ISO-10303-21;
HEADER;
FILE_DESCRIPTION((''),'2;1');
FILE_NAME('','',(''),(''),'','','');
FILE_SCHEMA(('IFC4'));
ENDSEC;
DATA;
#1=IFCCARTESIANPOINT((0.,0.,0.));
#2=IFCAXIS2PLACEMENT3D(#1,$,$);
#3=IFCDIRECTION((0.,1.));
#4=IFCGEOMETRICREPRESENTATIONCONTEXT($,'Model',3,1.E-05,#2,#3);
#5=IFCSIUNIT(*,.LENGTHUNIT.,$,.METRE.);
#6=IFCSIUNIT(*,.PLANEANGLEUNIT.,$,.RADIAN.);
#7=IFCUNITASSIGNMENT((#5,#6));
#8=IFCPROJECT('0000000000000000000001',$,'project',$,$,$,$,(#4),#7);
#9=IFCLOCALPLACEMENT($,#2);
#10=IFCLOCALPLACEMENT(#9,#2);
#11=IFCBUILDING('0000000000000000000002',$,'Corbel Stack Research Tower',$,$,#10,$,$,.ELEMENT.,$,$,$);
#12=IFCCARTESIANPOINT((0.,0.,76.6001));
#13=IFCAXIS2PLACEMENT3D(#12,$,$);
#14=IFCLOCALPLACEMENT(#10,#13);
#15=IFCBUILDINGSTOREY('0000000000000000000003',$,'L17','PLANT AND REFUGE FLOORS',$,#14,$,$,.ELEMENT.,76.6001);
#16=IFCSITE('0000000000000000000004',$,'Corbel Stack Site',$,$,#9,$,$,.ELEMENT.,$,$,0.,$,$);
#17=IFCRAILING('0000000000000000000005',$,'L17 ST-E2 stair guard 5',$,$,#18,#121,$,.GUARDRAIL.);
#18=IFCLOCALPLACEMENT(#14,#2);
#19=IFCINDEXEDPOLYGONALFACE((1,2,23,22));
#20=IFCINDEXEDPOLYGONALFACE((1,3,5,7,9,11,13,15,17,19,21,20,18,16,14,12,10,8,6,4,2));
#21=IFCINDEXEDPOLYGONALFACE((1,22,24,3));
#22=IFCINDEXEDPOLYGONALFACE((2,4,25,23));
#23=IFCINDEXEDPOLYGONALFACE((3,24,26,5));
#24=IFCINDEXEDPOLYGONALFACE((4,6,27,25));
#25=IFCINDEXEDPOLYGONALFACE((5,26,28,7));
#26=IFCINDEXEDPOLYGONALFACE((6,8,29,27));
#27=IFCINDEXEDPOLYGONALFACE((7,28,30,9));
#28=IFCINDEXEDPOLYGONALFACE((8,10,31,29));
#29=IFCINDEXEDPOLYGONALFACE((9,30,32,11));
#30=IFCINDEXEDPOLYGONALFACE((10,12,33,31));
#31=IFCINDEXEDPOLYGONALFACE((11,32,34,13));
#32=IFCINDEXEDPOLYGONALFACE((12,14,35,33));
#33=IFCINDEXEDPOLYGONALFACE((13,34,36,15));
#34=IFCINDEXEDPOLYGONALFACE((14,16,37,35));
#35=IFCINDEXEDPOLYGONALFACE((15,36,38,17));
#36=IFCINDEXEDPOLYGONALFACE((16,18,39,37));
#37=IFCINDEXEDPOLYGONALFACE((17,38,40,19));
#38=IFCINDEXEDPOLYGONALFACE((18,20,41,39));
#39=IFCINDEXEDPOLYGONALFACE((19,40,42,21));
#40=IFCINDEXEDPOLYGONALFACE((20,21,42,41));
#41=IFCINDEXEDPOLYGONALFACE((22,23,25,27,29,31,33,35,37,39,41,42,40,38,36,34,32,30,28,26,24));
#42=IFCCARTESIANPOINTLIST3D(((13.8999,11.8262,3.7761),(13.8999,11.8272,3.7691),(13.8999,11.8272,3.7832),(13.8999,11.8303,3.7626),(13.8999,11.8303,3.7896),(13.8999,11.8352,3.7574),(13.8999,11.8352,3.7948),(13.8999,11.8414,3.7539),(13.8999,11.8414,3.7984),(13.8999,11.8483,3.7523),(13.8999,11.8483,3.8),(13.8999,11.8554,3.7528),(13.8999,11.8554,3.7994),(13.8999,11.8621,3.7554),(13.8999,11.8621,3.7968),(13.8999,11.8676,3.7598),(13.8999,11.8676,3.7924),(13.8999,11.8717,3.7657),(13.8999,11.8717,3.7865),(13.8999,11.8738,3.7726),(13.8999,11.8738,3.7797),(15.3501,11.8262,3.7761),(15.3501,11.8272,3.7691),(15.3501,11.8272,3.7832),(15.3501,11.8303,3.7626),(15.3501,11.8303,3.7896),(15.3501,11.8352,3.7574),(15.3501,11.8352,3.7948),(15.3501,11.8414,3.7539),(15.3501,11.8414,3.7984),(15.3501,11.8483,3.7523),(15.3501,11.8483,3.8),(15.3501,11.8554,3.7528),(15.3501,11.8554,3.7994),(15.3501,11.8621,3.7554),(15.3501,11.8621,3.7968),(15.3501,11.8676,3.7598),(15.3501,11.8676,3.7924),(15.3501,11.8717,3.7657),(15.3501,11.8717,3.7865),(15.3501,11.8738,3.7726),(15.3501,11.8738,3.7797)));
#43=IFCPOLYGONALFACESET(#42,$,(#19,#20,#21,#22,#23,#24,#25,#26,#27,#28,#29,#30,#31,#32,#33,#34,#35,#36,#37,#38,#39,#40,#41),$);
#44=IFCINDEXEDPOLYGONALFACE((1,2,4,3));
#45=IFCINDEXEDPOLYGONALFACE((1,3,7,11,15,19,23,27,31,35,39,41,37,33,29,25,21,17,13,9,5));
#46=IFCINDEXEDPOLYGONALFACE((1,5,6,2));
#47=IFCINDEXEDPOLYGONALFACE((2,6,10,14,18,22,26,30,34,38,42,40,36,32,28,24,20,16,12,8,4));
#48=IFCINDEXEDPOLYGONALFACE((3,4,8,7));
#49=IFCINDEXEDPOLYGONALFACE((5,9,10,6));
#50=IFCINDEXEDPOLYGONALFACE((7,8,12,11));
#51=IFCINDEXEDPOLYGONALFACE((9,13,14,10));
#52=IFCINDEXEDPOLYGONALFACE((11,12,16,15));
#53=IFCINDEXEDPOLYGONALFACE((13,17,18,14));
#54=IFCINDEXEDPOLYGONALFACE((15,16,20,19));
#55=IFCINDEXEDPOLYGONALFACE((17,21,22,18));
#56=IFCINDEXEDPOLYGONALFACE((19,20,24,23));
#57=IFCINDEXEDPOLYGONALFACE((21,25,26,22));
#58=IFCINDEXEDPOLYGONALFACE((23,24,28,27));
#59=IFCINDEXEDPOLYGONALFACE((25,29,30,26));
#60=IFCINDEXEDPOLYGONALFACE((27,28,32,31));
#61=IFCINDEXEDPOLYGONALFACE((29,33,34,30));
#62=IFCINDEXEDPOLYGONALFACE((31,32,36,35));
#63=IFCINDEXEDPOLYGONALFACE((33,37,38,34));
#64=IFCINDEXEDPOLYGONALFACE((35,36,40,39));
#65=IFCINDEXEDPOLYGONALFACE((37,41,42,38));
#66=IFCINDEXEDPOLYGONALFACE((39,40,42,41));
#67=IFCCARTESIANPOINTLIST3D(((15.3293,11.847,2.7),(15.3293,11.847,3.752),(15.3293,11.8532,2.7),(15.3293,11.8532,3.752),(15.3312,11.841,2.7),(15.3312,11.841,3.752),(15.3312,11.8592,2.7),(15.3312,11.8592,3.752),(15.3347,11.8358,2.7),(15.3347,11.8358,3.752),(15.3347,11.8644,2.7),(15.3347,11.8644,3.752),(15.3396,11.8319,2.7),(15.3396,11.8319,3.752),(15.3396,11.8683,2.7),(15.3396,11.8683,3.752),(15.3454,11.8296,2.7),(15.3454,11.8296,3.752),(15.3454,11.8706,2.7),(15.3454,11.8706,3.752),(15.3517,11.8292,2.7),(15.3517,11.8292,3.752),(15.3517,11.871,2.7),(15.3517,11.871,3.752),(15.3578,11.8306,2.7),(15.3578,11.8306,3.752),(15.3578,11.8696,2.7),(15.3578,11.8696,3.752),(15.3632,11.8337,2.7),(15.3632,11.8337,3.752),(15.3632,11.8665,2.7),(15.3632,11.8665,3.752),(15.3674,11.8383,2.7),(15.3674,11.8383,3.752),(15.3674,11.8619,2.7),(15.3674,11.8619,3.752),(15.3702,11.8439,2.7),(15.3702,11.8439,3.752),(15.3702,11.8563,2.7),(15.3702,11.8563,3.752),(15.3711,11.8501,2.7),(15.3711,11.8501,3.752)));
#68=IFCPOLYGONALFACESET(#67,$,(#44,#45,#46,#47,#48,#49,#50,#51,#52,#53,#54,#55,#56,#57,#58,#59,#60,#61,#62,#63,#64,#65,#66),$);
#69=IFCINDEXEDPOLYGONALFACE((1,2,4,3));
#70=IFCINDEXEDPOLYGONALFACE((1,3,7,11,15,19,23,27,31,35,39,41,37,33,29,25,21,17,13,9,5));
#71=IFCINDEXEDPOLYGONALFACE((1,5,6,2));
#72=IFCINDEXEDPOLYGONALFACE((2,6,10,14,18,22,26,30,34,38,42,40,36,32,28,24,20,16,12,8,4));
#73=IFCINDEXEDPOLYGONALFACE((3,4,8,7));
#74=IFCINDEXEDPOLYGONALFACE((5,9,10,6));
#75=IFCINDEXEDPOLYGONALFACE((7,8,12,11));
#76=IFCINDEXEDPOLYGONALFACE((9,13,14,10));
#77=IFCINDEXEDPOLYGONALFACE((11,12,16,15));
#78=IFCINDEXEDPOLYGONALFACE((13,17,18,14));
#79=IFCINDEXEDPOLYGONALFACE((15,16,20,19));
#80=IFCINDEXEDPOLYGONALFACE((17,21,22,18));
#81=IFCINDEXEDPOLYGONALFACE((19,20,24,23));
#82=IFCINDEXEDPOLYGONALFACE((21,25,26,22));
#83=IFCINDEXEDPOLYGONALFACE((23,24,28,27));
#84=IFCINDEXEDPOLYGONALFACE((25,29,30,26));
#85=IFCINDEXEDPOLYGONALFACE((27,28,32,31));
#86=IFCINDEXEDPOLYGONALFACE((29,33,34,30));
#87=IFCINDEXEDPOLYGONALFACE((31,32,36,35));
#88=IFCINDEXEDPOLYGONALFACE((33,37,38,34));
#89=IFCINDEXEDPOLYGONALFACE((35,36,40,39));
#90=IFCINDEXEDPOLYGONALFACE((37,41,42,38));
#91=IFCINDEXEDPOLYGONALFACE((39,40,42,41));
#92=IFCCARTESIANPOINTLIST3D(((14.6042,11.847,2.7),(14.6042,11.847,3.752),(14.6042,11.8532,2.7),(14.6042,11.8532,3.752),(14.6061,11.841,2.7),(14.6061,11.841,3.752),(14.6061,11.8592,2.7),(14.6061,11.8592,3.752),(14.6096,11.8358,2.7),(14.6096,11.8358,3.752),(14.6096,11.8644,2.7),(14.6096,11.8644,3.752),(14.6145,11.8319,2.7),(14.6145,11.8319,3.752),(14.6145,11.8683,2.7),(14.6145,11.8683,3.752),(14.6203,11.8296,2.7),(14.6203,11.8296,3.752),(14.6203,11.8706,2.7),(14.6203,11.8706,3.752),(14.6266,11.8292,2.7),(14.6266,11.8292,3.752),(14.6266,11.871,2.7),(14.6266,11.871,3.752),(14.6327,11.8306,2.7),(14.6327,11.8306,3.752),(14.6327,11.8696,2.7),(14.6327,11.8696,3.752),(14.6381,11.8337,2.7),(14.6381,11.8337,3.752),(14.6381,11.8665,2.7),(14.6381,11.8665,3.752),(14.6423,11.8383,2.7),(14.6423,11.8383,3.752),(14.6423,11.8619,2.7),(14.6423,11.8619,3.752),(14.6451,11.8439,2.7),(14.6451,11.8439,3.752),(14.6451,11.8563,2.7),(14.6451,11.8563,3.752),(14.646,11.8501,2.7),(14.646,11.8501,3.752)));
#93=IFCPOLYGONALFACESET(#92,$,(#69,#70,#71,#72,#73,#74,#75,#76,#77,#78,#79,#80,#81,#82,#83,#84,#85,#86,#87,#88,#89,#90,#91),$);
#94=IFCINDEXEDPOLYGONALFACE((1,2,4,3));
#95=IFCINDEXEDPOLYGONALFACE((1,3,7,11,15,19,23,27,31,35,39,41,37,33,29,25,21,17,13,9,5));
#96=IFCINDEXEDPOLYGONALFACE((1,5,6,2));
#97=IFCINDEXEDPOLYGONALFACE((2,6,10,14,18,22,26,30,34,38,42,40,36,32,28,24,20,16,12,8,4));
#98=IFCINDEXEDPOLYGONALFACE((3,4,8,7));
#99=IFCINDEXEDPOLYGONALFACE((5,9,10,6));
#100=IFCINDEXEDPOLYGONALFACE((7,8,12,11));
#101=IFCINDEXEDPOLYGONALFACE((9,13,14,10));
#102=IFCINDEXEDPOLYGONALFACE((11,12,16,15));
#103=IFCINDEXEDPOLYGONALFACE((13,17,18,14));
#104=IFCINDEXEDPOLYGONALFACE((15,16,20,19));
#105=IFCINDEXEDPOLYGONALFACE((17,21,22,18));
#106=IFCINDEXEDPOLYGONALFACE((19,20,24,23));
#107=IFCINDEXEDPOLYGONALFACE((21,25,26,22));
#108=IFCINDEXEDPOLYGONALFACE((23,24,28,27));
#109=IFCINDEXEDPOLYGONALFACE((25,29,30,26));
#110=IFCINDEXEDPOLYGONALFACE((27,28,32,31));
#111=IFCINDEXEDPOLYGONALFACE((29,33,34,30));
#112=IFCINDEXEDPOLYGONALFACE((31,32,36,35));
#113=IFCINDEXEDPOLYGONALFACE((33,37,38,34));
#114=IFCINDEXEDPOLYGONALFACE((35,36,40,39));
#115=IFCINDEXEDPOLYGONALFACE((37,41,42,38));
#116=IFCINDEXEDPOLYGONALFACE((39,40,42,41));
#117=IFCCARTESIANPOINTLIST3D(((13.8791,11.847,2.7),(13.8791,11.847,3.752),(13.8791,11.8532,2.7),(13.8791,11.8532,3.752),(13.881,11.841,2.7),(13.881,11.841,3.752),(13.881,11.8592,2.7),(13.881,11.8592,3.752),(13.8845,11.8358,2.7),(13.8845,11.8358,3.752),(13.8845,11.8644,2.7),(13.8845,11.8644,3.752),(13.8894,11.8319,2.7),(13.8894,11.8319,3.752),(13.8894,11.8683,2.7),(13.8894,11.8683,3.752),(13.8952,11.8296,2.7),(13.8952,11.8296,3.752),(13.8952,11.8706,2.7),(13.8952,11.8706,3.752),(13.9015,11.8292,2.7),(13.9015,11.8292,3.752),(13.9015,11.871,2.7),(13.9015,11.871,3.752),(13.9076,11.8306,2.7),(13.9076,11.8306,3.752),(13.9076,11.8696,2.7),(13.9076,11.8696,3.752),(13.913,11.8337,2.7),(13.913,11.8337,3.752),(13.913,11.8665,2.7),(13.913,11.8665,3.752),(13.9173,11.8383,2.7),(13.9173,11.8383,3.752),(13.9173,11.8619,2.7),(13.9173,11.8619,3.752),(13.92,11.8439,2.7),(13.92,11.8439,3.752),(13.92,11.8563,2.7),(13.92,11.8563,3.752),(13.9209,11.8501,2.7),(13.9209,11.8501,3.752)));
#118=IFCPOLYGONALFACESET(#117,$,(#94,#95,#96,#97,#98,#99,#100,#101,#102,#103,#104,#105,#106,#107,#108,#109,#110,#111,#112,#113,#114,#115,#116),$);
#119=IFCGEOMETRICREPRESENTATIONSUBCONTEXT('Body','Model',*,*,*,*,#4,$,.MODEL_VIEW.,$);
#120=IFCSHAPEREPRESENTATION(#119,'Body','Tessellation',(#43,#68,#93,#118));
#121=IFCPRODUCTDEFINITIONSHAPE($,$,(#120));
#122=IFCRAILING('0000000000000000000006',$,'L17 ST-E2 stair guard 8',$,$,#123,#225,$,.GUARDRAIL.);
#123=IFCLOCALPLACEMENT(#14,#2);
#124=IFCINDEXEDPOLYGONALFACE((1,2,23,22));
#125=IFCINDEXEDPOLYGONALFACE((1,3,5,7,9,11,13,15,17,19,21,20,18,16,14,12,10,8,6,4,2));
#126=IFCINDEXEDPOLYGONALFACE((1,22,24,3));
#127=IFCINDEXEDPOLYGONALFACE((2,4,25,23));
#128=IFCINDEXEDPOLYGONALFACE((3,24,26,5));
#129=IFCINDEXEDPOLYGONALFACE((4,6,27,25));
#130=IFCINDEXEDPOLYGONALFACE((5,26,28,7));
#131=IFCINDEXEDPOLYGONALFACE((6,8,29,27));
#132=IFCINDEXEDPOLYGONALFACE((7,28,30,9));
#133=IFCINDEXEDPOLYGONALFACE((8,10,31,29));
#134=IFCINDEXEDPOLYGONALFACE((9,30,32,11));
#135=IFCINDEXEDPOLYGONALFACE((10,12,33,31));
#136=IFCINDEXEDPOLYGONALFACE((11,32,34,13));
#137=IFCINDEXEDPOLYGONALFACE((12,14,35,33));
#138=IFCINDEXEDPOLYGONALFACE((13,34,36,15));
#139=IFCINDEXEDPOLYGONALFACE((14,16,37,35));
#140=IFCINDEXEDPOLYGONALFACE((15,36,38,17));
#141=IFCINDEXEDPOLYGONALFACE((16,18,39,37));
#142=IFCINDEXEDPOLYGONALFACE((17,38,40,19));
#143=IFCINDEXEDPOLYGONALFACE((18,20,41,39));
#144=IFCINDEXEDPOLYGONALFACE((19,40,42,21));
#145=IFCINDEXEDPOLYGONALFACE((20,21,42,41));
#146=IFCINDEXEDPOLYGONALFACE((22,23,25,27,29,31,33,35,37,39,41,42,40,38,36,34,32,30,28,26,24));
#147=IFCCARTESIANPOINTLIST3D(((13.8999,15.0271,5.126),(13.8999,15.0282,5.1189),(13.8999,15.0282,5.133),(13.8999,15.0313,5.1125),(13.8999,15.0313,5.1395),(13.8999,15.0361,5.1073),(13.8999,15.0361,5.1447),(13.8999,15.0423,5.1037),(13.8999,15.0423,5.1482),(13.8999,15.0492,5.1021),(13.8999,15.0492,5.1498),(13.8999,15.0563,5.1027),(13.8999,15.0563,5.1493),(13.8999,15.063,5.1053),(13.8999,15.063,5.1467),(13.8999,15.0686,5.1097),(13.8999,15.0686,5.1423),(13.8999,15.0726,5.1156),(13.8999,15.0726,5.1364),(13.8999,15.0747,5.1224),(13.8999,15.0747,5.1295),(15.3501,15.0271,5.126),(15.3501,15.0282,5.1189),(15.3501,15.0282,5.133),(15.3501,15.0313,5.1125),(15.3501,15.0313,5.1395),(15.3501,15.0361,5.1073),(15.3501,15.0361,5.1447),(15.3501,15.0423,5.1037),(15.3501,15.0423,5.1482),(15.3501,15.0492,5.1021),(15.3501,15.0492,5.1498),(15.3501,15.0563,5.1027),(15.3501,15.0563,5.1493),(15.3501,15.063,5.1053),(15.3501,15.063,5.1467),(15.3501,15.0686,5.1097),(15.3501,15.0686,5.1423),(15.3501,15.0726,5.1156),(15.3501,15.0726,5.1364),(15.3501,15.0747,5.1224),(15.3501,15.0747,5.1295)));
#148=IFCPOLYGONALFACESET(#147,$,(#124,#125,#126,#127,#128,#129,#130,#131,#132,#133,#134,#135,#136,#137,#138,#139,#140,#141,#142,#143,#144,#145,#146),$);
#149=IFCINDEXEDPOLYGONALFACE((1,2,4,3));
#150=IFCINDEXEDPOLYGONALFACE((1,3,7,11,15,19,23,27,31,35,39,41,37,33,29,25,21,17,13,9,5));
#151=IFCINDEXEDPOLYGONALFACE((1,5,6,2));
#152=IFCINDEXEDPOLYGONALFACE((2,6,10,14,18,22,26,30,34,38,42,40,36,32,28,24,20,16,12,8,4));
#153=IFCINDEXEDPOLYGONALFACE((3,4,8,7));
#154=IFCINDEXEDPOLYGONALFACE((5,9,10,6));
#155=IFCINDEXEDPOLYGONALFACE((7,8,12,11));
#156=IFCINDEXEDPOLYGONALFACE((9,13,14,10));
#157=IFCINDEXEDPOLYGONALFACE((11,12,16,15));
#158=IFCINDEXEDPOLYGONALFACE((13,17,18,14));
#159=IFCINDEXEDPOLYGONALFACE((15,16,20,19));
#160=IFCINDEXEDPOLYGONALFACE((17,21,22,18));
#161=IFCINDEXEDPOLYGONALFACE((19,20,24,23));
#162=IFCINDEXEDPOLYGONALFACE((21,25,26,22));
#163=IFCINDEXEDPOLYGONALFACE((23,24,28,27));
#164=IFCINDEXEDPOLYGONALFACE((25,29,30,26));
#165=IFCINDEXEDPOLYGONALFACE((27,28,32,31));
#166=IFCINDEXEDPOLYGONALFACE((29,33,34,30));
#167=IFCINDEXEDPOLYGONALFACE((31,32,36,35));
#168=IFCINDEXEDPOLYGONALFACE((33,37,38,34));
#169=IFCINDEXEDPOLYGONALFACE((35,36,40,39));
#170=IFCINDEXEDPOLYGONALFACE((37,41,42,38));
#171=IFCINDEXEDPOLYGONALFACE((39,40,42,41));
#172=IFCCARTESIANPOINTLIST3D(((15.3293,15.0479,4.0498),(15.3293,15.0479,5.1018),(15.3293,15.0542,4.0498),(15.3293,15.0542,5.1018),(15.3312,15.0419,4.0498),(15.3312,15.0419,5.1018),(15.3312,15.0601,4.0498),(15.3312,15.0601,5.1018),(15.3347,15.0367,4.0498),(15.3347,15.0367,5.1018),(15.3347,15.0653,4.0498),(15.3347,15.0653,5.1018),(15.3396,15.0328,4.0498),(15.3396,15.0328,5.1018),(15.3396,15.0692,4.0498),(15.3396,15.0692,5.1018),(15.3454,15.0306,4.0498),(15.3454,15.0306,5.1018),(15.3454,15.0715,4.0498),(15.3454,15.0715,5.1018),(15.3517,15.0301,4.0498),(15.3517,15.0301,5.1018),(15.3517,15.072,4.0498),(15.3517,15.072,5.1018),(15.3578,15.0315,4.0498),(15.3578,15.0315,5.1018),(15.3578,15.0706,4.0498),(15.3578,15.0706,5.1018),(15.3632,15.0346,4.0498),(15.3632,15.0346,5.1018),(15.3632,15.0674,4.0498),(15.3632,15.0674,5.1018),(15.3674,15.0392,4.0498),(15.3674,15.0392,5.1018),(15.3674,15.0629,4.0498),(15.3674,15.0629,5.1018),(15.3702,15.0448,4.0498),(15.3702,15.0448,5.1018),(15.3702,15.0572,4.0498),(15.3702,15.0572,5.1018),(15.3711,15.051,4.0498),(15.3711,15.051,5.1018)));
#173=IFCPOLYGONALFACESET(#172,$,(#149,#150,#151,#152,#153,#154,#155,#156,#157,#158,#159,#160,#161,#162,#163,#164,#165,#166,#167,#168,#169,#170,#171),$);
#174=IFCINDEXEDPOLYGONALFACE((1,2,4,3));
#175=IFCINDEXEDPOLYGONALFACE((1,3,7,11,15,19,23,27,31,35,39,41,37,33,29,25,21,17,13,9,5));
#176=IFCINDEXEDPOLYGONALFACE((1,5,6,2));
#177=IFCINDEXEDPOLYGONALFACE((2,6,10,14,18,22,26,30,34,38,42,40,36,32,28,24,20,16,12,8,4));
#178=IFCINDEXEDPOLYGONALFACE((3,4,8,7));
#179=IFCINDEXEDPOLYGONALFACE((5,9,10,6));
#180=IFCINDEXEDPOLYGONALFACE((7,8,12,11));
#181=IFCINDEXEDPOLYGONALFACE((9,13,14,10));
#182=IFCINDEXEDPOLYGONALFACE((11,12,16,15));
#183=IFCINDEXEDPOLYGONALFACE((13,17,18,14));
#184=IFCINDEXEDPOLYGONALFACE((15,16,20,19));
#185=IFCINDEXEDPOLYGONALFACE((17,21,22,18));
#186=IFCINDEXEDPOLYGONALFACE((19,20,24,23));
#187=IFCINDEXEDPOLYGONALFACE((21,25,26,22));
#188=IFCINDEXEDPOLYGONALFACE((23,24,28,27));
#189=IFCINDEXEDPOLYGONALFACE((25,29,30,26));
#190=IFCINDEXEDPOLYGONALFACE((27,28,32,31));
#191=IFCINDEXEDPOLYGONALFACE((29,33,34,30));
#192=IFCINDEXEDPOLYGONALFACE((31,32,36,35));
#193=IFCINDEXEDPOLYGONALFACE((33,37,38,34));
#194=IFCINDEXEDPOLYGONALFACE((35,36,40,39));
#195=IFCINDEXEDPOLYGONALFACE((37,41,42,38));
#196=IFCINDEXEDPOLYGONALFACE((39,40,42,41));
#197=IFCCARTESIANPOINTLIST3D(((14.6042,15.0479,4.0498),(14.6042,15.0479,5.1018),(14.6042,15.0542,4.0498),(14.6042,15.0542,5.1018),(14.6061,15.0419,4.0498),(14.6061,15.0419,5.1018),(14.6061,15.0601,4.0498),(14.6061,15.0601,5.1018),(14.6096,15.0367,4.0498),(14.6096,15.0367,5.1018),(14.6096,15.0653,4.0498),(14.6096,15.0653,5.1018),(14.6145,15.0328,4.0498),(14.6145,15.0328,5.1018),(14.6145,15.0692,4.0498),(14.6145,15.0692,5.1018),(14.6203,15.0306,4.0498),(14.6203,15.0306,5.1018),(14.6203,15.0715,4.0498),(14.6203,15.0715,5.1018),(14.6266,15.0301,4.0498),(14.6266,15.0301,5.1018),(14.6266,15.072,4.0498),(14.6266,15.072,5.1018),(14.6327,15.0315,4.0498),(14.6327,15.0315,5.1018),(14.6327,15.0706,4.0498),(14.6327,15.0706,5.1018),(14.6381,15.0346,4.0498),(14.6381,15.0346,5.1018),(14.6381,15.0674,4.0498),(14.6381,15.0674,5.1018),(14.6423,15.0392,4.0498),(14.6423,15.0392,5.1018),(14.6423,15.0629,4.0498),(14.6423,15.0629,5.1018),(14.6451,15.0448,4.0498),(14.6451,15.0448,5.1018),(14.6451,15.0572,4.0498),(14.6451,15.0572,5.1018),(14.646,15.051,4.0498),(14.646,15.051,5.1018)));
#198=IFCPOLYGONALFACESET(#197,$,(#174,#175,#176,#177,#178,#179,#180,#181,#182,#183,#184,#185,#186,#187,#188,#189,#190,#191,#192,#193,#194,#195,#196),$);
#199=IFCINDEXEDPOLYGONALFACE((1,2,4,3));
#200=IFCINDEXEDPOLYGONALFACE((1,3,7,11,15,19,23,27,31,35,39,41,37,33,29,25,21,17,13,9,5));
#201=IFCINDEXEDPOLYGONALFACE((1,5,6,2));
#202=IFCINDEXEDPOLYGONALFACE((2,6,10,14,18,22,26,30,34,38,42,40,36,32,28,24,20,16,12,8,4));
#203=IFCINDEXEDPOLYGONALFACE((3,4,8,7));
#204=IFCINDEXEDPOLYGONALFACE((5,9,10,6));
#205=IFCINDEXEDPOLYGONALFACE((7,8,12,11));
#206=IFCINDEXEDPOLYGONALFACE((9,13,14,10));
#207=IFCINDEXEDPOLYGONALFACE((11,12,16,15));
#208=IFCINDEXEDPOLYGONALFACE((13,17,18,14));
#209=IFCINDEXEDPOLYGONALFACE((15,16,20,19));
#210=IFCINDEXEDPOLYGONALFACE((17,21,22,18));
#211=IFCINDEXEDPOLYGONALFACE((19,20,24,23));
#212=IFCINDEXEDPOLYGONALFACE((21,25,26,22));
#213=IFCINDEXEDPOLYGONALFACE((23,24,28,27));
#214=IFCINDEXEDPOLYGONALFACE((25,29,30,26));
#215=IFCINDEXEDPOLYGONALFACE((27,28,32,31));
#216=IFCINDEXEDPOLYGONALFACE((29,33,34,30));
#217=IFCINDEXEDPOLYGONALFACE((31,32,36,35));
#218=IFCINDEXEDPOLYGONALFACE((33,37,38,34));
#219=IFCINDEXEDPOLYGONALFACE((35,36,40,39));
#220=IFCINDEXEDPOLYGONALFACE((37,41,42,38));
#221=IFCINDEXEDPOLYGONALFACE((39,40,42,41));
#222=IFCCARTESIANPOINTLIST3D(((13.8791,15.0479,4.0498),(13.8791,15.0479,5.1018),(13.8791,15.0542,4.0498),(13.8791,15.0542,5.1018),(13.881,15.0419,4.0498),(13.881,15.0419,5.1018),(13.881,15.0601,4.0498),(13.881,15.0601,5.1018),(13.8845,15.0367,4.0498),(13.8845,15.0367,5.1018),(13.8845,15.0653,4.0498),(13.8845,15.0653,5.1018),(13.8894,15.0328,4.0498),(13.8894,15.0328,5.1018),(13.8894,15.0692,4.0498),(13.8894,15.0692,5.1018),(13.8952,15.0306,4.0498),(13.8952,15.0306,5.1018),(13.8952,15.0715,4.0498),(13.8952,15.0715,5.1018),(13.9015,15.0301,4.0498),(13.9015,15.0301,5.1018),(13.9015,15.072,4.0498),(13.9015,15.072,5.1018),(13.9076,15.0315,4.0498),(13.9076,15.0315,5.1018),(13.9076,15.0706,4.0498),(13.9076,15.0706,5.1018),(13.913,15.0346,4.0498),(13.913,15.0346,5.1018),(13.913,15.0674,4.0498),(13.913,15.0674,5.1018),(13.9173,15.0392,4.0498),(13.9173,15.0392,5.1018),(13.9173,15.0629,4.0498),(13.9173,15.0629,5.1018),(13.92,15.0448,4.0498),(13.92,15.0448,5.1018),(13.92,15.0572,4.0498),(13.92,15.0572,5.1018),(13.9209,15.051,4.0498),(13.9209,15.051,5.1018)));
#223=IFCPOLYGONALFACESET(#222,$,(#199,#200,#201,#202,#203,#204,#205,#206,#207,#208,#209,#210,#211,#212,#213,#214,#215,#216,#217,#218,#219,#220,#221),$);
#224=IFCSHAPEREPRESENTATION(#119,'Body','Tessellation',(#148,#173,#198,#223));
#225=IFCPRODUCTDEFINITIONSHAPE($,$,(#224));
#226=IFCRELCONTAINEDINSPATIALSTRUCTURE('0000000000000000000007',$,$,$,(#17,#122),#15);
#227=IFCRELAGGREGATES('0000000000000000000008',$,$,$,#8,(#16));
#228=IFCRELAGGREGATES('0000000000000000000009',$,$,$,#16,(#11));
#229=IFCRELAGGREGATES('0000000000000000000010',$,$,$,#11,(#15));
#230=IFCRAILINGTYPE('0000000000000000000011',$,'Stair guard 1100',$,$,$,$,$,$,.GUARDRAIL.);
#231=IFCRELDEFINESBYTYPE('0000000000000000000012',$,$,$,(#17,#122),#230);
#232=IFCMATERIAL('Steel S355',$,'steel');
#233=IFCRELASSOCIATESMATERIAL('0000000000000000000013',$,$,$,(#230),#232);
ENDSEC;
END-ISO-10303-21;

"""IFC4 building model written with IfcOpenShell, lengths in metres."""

from ifc_helpers import new_model, si_unit, direction, frame, origin, origin_2d, place, context, subcontext, project, spatial, circle, extrude, material, type_object, element, save


model = new_model("IFC4")

# Units and contexts
model_context = context("Model", 3, precision=1e-05, world=origin(), true_north=direction((0.0, 1.0)))
body_context = subcontext(model_context, "Body", "Model", "MODEL_VIEW")
ifc_project = project(units=[si_unit("LENGTHUNIT", "METRE"), si_unit("PLANEANGLEUNIT", "RADIAN")], contexts=[model_context])

# Site, building, storey
site_placement = place(None, origin())
site = spatial("IfcSite", under=ifc_project, at=site_placement, Name="Corbel Stack Site", CompositionType="ELEMENT", RefElevation=0.0)
building_placement = place(site_placement, origin())
building = spatial("IfcBuilding", under=site, at=building_placement, Name="Corbel Stack Research Tower", CompositionType="ELEMENT")
storey_placement = place(building_placement, frame((0.0, 0.0, 76.6001)))
storey = spatial("IfcBuildingStorey", under=building, at=storey_placement, Name="L17", Description="PLANT AND REFUGE FLOORS", CompositionType="ELEMENT", Elevation=76.6001)

# Railings
ifc_material_1 = material(Name="Steel S355", Category="steel")
railing_type_1 = type_object("IfcRailingType", Name="Stair guard 1100", PredefinedType="GUARDRAIL", material=ifc_material_1)
for number, where, name in (
    (1, (15.3501, 11.8501, 2.7), "L17 ST-E2 stair guard 5"),
    (2, (15.3501, 15.051, 4.0498), "L17 ST-E2 stair guard 8"),
):
    element("IfcRailing", number, at=place(storey_placement, frame(where)), inside=storey, type_object=railing_type_1, Name=name, PredefinedType="GUARDRAIL", context=body_context, shape_type="SweptSolid", body=[
        extrude(circle(Radius=0.0239, at=origin_2d()), frame((0.0, 0.0, 1.0762), z_axis=(-1.0, 0.0, 0.0), x_axis=(0.0, -1.0, 0.0)), (0.0, 0.0, 1.0), 1.4502),
        extrude(circle(Radius=0.021, at=origin_2d()), origin(), (0.0, 0.0, 1.0), 1.052),
        extrude(circle(Radius=0.021, at=origin_2d()), frame((-0.7251, 0.0, 0.0)), (0.0, 0.0, 1.0), 1.052),
        extrude(circle(Radius=0.021, at=origin_2d()), frame((-1.4502, 0.0, 0.0)), (0.0, 0.0, 1.0), 1.052),
    ])

save(model, "model.ifc")
